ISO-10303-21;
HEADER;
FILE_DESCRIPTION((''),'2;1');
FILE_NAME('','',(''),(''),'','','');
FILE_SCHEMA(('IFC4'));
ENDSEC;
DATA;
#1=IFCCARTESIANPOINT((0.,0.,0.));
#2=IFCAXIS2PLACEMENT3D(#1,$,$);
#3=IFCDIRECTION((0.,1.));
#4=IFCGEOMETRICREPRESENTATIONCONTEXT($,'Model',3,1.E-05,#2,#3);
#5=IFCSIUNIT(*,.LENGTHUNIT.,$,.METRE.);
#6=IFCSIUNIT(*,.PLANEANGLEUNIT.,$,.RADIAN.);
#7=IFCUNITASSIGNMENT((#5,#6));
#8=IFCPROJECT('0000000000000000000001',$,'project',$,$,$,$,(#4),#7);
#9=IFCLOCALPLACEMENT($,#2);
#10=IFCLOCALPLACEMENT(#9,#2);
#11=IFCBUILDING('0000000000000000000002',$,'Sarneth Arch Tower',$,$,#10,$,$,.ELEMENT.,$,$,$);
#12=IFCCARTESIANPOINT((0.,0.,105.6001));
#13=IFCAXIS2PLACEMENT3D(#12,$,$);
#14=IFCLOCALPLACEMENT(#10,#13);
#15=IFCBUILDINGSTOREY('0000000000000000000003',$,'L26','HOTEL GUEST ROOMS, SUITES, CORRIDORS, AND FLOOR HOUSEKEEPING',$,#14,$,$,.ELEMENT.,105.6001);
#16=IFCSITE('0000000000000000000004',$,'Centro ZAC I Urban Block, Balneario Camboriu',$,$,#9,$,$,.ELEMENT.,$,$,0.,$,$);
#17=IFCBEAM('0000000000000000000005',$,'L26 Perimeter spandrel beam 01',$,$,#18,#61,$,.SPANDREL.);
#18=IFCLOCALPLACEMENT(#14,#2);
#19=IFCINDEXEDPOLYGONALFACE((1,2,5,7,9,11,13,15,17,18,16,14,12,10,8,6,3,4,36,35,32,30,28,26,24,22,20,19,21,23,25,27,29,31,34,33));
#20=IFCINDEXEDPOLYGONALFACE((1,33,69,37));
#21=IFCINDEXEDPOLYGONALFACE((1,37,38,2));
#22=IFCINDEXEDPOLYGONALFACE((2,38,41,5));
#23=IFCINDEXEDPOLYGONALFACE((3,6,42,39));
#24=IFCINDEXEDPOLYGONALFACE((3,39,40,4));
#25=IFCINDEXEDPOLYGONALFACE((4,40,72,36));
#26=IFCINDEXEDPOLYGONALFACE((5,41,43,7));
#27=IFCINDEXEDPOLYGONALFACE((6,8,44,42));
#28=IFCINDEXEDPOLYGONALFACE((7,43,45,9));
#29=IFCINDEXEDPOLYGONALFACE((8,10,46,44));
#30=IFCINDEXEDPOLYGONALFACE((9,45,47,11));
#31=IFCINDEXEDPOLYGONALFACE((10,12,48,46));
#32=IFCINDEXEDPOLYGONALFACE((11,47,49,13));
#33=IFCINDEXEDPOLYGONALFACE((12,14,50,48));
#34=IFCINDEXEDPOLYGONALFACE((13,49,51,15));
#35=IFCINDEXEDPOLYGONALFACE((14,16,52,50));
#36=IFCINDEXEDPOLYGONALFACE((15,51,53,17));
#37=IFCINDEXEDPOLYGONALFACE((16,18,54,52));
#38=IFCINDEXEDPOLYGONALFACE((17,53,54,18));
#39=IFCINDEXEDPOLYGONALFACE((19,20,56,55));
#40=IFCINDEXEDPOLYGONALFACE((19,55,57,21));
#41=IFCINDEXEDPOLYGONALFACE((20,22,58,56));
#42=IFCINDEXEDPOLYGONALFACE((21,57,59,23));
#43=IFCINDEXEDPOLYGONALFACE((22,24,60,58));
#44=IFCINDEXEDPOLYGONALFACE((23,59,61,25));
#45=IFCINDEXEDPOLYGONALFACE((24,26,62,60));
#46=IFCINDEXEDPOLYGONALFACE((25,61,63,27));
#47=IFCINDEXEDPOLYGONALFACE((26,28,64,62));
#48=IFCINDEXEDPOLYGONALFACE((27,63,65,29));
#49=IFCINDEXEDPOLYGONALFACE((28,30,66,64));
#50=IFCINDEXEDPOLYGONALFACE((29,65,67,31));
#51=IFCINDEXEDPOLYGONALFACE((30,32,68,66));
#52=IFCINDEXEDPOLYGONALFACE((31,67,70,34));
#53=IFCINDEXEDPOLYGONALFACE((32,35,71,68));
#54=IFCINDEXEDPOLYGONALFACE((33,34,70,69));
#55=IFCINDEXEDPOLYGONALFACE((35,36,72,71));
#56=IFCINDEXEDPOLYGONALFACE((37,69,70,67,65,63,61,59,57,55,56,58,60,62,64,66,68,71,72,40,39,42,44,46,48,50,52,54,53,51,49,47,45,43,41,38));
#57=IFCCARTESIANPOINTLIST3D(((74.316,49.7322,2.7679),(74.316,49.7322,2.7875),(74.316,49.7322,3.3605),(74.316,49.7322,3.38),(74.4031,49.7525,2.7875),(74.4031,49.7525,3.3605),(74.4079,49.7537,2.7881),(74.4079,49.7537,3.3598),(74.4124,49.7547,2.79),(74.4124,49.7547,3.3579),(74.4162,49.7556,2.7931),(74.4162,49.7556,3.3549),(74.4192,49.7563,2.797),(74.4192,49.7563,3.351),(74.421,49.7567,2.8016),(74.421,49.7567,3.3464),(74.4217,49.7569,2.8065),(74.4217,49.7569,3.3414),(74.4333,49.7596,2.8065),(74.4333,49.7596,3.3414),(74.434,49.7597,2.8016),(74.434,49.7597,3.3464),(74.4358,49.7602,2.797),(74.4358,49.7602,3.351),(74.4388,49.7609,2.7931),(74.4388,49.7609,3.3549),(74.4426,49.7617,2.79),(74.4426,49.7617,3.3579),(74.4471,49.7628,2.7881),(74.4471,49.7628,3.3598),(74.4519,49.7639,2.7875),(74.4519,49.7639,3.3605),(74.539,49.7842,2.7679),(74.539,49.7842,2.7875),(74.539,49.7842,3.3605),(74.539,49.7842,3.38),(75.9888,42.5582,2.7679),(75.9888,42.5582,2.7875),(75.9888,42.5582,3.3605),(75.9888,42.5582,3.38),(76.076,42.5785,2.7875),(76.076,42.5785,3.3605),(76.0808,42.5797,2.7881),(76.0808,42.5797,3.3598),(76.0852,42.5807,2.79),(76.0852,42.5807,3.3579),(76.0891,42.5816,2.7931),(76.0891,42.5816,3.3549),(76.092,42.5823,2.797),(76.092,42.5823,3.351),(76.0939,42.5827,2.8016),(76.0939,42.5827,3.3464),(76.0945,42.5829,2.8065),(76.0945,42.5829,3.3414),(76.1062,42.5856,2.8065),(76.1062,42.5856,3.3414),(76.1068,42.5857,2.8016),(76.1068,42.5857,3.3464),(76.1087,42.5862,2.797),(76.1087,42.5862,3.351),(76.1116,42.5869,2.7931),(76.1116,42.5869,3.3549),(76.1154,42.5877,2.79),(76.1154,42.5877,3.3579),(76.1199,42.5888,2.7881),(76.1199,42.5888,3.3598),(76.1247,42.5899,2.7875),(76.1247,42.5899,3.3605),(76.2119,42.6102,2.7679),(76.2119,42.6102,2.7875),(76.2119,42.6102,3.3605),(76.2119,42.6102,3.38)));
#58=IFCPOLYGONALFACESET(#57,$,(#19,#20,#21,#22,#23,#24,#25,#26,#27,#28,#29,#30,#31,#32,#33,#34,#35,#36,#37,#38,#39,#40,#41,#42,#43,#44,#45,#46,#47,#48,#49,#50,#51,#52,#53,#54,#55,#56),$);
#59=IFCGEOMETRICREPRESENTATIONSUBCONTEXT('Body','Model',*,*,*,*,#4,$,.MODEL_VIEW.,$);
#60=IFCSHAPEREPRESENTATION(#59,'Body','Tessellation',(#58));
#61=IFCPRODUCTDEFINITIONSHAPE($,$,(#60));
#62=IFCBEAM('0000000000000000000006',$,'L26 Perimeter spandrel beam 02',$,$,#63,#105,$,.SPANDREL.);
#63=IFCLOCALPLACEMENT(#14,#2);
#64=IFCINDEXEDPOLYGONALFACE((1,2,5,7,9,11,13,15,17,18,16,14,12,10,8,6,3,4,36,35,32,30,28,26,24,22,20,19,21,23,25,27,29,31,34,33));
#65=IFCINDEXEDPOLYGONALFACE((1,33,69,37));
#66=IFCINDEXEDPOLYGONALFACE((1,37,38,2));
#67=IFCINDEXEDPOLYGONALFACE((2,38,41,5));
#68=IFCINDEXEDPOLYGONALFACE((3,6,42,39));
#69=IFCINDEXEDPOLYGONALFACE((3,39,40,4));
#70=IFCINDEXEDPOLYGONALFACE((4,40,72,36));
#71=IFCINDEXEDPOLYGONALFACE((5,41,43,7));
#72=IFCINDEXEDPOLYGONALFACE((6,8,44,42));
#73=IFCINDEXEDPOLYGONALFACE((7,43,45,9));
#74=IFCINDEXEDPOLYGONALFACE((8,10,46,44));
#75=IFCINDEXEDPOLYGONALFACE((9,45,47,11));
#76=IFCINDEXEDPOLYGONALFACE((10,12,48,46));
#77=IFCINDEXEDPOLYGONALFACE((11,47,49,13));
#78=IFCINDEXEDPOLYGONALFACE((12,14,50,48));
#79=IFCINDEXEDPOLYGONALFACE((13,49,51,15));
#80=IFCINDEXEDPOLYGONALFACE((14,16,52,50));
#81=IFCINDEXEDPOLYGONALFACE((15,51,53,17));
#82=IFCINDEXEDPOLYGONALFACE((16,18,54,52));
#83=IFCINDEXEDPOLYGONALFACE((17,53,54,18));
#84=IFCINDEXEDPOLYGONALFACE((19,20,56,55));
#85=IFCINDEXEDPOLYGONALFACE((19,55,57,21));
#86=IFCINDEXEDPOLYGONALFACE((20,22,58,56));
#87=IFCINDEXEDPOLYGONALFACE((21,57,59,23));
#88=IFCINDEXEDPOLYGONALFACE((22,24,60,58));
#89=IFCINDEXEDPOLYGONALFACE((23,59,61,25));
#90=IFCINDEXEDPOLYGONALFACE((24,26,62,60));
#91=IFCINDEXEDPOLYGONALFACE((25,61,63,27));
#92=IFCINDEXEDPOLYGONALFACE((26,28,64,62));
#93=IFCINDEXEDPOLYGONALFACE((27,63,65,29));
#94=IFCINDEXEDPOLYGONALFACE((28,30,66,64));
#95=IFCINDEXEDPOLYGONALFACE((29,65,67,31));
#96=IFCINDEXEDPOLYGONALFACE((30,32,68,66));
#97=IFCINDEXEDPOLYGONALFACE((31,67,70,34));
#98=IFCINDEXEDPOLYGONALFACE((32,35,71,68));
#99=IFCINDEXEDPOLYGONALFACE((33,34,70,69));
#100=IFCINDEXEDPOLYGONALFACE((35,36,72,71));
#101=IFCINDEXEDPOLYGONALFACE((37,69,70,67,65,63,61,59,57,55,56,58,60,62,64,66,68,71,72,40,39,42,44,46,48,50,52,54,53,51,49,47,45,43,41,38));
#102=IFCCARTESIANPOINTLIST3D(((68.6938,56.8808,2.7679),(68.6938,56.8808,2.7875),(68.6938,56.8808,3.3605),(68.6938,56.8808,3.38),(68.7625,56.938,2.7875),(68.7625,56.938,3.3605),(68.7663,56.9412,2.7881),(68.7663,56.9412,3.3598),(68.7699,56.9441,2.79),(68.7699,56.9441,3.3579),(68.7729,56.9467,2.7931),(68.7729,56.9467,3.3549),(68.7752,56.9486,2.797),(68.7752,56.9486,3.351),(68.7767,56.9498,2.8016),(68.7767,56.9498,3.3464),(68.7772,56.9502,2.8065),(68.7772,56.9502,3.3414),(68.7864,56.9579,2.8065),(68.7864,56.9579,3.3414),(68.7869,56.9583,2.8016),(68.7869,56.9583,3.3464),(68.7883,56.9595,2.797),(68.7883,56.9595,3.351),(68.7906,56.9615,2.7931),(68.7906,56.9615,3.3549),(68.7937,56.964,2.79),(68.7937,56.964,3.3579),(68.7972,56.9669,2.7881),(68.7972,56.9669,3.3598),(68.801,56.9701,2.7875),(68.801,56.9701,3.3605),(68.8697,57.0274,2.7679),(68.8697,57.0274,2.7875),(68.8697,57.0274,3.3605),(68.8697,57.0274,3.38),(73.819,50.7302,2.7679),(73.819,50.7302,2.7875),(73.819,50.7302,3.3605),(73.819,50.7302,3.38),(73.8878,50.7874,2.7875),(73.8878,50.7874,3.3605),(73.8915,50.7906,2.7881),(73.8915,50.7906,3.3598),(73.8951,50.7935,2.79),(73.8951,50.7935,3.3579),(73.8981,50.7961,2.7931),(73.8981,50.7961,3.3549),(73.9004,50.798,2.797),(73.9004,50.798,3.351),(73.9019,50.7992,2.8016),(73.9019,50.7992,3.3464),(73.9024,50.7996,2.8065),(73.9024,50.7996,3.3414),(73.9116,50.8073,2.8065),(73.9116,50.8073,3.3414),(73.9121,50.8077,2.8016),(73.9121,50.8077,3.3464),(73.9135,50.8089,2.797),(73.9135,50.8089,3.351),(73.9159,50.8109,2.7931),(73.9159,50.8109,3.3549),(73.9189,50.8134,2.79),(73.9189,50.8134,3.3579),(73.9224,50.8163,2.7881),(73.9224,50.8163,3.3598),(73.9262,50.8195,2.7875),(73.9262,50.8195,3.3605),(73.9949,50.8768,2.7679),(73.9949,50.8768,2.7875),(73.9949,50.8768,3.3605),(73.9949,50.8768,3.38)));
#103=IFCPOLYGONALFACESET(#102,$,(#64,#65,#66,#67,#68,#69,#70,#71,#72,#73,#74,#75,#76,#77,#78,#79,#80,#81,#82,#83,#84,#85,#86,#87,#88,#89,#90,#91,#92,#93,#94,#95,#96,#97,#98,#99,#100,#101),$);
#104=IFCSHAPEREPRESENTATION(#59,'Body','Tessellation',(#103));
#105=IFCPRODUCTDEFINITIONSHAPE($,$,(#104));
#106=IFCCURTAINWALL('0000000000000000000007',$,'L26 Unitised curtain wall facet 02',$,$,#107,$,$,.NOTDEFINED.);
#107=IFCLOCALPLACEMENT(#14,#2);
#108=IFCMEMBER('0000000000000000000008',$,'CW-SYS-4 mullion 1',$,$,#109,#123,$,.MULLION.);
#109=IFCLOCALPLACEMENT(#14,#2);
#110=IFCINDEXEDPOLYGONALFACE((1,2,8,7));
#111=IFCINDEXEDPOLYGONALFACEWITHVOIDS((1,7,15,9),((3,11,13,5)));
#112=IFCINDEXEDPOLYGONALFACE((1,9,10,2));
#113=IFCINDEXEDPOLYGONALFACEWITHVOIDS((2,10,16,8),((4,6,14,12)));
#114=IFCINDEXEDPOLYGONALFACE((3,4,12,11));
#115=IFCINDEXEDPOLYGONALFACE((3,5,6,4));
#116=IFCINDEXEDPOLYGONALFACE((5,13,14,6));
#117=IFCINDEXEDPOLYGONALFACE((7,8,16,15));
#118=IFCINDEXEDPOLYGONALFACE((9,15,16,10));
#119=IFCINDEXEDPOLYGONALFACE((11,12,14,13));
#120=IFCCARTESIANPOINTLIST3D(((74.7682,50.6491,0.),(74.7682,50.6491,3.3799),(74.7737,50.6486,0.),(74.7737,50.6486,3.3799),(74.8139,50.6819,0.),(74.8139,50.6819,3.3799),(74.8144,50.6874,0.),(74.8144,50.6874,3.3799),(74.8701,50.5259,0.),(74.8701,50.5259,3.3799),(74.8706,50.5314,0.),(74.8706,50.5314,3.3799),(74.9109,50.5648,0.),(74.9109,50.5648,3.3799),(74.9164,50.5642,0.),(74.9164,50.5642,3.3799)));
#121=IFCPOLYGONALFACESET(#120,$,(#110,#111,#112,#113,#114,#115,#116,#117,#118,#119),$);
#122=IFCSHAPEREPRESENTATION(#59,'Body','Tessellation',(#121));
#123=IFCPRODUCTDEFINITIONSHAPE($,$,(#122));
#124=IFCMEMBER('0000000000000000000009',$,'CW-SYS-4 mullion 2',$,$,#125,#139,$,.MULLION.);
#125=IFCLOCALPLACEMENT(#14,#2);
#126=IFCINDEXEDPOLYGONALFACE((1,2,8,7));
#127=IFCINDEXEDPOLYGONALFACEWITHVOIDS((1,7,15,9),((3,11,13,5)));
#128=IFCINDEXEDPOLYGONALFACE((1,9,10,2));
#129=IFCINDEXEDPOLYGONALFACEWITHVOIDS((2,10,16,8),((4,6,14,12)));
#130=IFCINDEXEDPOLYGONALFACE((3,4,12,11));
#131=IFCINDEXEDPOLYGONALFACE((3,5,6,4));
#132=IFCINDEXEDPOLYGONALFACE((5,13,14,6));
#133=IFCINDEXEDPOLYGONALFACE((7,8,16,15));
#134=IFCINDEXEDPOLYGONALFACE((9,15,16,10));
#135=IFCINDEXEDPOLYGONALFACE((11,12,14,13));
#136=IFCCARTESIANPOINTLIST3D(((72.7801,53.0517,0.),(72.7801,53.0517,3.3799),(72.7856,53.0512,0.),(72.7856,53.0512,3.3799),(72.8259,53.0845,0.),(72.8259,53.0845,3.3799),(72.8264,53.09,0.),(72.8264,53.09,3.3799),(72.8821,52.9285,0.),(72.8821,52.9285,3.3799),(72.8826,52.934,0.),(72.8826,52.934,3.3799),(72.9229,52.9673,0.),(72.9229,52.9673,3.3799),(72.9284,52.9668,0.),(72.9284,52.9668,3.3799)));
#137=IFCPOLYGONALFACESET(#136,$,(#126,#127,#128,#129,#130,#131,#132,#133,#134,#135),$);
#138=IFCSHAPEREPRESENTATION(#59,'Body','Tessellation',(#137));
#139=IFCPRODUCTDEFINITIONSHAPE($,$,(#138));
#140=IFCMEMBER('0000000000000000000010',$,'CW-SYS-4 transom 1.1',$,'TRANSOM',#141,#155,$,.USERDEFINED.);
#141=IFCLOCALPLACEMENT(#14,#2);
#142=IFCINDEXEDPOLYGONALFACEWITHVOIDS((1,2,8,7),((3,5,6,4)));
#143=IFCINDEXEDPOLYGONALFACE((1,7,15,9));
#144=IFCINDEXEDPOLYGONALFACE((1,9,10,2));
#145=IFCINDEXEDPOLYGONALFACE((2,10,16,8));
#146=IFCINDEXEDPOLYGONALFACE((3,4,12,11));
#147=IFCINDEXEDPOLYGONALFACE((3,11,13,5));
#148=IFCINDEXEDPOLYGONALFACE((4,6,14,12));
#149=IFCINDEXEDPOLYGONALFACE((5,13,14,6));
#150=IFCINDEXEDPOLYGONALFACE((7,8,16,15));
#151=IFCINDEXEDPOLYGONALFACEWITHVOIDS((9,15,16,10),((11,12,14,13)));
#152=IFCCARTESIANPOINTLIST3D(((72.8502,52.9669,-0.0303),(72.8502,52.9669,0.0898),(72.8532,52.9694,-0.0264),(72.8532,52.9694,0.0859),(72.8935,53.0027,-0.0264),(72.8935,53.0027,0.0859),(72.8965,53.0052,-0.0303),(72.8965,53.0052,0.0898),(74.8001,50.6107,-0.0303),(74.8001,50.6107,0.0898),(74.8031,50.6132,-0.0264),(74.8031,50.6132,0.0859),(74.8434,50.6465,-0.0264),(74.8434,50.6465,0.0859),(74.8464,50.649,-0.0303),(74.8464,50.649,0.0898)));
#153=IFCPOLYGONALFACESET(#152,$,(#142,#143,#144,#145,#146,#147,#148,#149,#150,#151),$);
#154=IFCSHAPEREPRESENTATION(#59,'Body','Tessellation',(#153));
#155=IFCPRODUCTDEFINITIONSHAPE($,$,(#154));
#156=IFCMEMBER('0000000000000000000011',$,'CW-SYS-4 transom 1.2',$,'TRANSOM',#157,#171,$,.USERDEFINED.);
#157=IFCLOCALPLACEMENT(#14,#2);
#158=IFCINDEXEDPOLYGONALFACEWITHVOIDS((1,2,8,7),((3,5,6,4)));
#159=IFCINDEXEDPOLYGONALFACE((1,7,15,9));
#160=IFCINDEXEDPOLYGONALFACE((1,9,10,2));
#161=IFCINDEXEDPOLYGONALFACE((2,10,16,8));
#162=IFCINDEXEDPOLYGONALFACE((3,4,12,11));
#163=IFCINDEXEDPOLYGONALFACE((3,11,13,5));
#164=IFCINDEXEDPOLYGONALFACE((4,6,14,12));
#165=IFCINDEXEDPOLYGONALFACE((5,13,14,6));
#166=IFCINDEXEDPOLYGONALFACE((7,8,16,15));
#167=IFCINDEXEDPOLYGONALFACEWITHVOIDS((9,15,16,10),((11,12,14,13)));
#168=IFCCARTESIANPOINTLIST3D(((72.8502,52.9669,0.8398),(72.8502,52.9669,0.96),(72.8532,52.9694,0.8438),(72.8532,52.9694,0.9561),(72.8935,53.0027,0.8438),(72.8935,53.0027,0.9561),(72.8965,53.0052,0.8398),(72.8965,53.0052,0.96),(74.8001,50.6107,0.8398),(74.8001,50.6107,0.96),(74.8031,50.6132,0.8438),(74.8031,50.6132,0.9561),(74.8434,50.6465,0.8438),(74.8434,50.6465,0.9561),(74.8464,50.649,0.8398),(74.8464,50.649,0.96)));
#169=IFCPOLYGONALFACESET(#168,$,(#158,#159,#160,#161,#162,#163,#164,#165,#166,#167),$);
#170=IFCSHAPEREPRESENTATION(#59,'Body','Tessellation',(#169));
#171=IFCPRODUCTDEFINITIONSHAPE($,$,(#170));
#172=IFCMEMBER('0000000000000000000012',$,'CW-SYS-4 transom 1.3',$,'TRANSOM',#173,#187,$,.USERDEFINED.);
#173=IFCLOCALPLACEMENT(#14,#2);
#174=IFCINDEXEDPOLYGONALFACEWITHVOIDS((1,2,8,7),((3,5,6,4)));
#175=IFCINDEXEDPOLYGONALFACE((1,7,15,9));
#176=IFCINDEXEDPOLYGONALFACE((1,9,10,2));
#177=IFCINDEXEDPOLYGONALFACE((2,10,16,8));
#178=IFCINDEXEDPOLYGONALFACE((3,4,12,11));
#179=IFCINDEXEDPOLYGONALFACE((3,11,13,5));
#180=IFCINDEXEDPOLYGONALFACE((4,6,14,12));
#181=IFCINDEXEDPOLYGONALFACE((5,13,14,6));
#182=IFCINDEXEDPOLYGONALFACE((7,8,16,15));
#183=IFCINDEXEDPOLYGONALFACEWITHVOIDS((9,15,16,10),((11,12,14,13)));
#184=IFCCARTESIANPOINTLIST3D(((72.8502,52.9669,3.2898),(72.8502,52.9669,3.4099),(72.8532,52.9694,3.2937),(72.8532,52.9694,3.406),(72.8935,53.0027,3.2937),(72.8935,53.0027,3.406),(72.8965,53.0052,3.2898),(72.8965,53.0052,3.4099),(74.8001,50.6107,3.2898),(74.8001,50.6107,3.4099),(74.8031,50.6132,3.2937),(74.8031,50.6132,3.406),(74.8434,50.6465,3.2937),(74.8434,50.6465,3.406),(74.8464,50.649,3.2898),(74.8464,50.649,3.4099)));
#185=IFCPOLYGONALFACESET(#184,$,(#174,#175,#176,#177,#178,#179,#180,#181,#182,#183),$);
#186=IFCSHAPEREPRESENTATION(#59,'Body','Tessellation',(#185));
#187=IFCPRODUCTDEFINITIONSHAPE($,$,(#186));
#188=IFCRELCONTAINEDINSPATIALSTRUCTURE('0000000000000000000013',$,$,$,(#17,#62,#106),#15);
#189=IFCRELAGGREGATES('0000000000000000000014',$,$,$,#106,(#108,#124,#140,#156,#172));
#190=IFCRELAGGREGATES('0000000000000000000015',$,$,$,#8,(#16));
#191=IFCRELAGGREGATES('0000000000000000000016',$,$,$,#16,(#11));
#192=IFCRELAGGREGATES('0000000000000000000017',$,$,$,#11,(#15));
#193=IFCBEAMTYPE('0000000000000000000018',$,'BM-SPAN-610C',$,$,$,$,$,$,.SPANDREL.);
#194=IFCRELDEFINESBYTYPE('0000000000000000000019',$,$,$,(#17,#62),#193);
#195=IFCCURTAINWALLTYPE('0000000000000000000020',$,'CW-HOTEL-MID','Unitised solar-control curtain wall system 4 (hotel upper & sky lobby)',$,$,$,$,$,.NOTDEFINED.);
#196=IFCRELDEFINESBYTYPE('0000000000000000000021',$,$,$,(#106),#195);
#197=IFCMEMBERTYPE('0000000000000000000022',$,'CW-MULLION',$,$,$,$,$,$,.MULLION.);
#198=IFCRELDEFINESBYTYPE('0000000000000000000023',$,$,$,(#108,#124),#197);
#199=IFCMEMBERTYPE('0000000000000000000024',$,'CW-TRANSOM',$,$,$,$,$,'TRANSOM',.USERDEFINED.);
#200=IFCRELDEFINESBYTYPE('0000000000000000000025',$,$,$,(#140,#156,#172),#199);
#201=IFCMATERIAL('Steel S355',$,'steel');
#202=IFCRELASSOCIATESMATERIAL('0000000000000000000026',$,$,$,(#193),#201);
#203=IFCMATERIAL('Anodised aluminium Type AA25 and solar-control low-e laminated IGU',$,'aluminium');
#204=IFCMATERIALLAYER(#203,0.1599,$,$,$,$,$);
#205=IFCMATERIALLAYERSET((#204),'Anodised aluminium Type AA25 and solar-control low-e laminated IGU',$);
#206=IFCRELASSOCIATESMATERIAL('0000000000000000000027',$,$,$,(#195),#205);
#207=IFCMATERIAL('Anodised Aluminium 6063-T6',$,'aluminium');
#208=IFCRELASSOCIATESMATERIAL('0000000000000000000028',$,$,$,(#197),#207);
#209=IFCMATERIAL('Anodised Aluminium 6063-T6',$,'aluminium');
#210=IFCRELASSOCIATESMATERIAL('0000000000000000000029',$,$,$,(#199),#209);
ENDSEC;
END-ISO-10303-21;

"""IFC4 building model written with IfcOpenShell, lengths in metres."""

from ifc_helpers import new_model, si_unit, direction, frame, origin, origin_2d, place, context, subcontext, project, spatial, hollow_rectangle, i_section, extrude, material, layer, layer_set, material_profile, profile_set, type_object, element, aggregate, save


model = new_model("IFC4")

# Units and contexts
model_context = context("Model", 3, precision=1e-05, world=origin(), true_north=direction((0.0, 1.0)))
body_context = subcontext(model_context, "Body", "Model", "MODEL_VIEW")
ifc_project = project(units=[si_unit("LENGTHUNIT", "METRE"), si_unit("PLANEANGLEUNIT", "RADIAN")], contexts=[model_context])

# Site, building, storey
site_placement = place(None, origin())
site = spatial("IfcSite", under=ifc_project, at=site_placement, Name="Centro ZAC I Urban Block, Balneario Camboriu", CompositionType="ELEMENT", RefElevation=0.0)
building_placement = place(site_placement, origin())
building = spatial("IfcBuilding", under=site, at=building_placement, Name="Sarneth Arch Tower", CompositionType="ELEMENT")
storey_placement = place(building_placement, frame((0.0, 0.0, 105.6001)))
storey = spatial("IfcBuildingStorey", under=building, at=storey_placement, Name="L26", Description="HOTEL GUEST ROOMS, SUITES, CORRIDORS, AND FLOOR HOUSEKEEPING", CompositionType="ELEMENT", Elevation=105.6001)

# Beams
ifc_material_1 = material(Name="Steel S355", Category="steel")
ifc_material_profile_1 = material_profile(ifc_material_1, i_section(OverallWidth=0.229, OverallDepth=0.6121, WebThickness=0.012, FlangeThickness=0.0195, FilletRadius=0.019, at=origin_2d()), Name="W610x125")
ifc_profile_set_1 = profile_set([ifc_material_profile_1], Name="Steel S355")
beam_type = type_object("IfcBeamType", Name="BM-SPAN-610C", PredefinedType="SPANDREL", material=ifc_profile_set_1)
beam_1_placement = place(storey_placement, frame((76.1003, 42.5842, 3.074), z_axis=(-0.227088, 0.973874, 0.0), x_axis=(-0.973874, -0.227088, 0.0)))
element("IfcBeam", 1, at=beam_1_placement, inside=storey, type_object=beam_type, Name="L26 Perimeter spandrel beam 01", PredefinedType="SPANDREL", context=body_context, shape_type="SweptSolid", body=[
    extrude(i_section(OverallWidth=0.229, OverallDepth=0.6121, WebThickness=0.012, FlangeThickness=0.0195, FilletRadius=0.019, at=origin_2d()), origin(), (0.0, 0.0, 1.0), 7.3665),
])
beam_2_placement = place(storey_placement, frame((73.907, 50.8035, 3.074), z_axis=(-0.640163, 0.768239, 0.0), x_axis=(-0.768239, -0.640163, 0.0)))
element("IfcBeam", 2, at=beam_2_placement, inside=storey, type_object=beam_type, Name="L26 Perimeter spandrel beam 02", PredefinedType="SPANDREL", context=body_context, shape_type="SweptSolid", body=[
    extrude(i_section(OverallWidth=0.229, OverallDepth=0.6121, WebThickness=0.012, FlangeThickness=0.0195, FilletRadius=0.019, at=origin_2d()), origin(), (0.0, 0.0, 1.0), 8.0061),
])

# Curtain wall, members
ifc_material_2 = material(Name="Anodised aluminium Type AA25 and solar-control low-e laminated IGU", Category="aluminium")
ifc_layer_1 = layer(ifc_material_2, 0.1599)
ifc_layer_set_1 = layer_set([ifc_layer_1], Name="Anodised aluminium Type AA25 and solar-control low-e laminated IGU")
curtain_wall_type = type_object("IfcCurtainWallType", Name="CW-HOTEL-MID", Description="Unitised solar-control curtain wall system 4 (hotel upper & sky lobby)", PredefinedType="NOTDEFINED", material=ifc_layer_set_1)
curtain_wall_placement = place(storey_placement, origin())
curtain_wall = element("IfcCurtainWall", 3, at=curtain_wall_placement, inside=storey, type_object=curtain_wall_type, Name="L26 Unitised curtain wall facet 02", PredefinedType="NOTDEFINED")
ifc_material_3 = material(Name="Anodised Aluminium 6063-T6", Category="aluminium")
ifc_material_profile_2 = material_profile(ifc_material_3, hollow_rectangle(XDim=0.0601, YDim=0.1599, WallThickness=0.0039, at=origin_2d()), Name="AL-MULL-160x60x4")
ifc_profile_set_2 = profile_set([ifc_material_profile_2], Name="Anodised Aluminium 6063-T6")
member_type_1 = type_object("IfcMemberType", Name="CW-MULLION", PredefinedType="MULLION", material=ifc_profile_set_2)
member_1_placement = place(storey_placement, frame((74.8423, 50.6067, 0.0), z_axis=(0.0, 0.0, 1.0), x_axis=(-0.770438, -0.637515, 0.0)))
member_1 = element("IfcMember", 4, at=member_1_placement, type_object=member_type_1, Name="CW-SYS-4 mullion 1", PredefinedType="MULLION", context=body_context, shape_type="SweptSolid", body=[
    extrude(hollow_rectangle(XDim=0.0601, YDim=0.1599, WallThickness=0.0039, at=origin_2d()), origin(), (0.0, 0.0, 1.0), 3.3799),
])
member_2_placement = place(storey_placement, frame((72.8542, 53.0093, 0.0), z_axis=(0.0, 0.0, 1.0), x_axis=(-0.770438, -0.637515, 0.0)))
member_2 = element("IfcMember", 5, at=member_2_placement, type_object=member_type_1, Name="CW-SYS-4 mullion 2", PredefinedType="MULLION", context=body_context, shape_type="SweptSolid", body=[
    extrude(hollow_rectangle(XDim=0.0601, YDim=0.1599, WallThickness=0.0039, at=origin_2d()), origin(), (0.0, 0.0, 1.0), 3.3799),
])
ifc_material_4 = material(Name="Anodised Aluminium 6063-T6", Category="aluminium")
ifc_material_profile_3 = material_profile(ifc_material_4, hollow_rectangle(XDim=0.0601, YDim=0.1201, WallThickness=0.0039, at=origin_2d()), Name="AL-TRAN-120x60x4")
ifc_profile_set_3 = profile_set([ifc_material_profile_3], Name="Anodised Aluminium 6063-T6")
member_type_2 = type_object("IfcMemberType", Name="CW-TRANSOM", ElementType="TRANSOM", PredefinedType="USERDEFINED", material=ifc_profile_set_3)
member_3_placement = place(storey_placement, frame((74.8232, 50.6299, 0.0298), z_axis=(-0.637566, 0.770396, 0.0), x_axis=(-0.770396, -0.637566, 0.0)))
member_3 = element("IfcMember", 6, at=member_3_placement, type_object=member_type_2, Name="CW-SYS-4 transom 1.1", ObjectType="TRANSOM", PredefinedType="USERDEFINED", context=body_context, shape_type="SweptSolid", body=[
    extrude(hollow_rectangle(XDim=0.0601, YDim=0.1201, WallThickness=0.0039, at=origin_2d()), origin(), (0.0, 0.0, 1.0), 3.0583),
])
member_4_placement = place(storey_placement, frame((74.8232, 50.6299, 0.8999), z_axis=(-0.637566, 0.770396, 0.0), x_axis=(-0.770396, -0.637566, 0.0)))
member_4 = element("IfcMember", 7, at=member_4_placement, type_object=member_type_2, Name="CW-SYS-4 transom 1.2", ObjectType="TRANSOM", PredefinedType="USERDEFINED", context=body_context, shape_type="SweptSolid", body=[
    extrude(hollow_rectangle(XDim=0.0601, YDim=0.1201, WallThickness=0.0039, at=origin_2d()), origin(), (0.0, 0.0, 1.0), 3.0583),
])
member_5_placement = place(storey_placement, frame((74.8232, 50.6299, 3.3499), z_axis=(-0.637566, 0.770396, 0.0), x_axis=(-0.770396, -0.637566, 0.0)))
member_5 = element("IfcMember", 8, at=member_5_placement, type_object=member_type_2, Name="CW-SYS-4 transom 1.3", ObjectType="TRANSOM", PredefinedType="USERDEFINED", context=body_context, shape_type="SweptSolid", body=[
    extrude(hollow_rectangle(XDim=0.0601, YDim=0.1201, WallThickness=0.0039, at=origin_2d()), origin(), (0.0, 0.0, 1.0), 3.0583),
])

aggregate(curtain_wall, [member_1, member_2, member_3, member_4, member_5])

save(model, "model.ifc")
